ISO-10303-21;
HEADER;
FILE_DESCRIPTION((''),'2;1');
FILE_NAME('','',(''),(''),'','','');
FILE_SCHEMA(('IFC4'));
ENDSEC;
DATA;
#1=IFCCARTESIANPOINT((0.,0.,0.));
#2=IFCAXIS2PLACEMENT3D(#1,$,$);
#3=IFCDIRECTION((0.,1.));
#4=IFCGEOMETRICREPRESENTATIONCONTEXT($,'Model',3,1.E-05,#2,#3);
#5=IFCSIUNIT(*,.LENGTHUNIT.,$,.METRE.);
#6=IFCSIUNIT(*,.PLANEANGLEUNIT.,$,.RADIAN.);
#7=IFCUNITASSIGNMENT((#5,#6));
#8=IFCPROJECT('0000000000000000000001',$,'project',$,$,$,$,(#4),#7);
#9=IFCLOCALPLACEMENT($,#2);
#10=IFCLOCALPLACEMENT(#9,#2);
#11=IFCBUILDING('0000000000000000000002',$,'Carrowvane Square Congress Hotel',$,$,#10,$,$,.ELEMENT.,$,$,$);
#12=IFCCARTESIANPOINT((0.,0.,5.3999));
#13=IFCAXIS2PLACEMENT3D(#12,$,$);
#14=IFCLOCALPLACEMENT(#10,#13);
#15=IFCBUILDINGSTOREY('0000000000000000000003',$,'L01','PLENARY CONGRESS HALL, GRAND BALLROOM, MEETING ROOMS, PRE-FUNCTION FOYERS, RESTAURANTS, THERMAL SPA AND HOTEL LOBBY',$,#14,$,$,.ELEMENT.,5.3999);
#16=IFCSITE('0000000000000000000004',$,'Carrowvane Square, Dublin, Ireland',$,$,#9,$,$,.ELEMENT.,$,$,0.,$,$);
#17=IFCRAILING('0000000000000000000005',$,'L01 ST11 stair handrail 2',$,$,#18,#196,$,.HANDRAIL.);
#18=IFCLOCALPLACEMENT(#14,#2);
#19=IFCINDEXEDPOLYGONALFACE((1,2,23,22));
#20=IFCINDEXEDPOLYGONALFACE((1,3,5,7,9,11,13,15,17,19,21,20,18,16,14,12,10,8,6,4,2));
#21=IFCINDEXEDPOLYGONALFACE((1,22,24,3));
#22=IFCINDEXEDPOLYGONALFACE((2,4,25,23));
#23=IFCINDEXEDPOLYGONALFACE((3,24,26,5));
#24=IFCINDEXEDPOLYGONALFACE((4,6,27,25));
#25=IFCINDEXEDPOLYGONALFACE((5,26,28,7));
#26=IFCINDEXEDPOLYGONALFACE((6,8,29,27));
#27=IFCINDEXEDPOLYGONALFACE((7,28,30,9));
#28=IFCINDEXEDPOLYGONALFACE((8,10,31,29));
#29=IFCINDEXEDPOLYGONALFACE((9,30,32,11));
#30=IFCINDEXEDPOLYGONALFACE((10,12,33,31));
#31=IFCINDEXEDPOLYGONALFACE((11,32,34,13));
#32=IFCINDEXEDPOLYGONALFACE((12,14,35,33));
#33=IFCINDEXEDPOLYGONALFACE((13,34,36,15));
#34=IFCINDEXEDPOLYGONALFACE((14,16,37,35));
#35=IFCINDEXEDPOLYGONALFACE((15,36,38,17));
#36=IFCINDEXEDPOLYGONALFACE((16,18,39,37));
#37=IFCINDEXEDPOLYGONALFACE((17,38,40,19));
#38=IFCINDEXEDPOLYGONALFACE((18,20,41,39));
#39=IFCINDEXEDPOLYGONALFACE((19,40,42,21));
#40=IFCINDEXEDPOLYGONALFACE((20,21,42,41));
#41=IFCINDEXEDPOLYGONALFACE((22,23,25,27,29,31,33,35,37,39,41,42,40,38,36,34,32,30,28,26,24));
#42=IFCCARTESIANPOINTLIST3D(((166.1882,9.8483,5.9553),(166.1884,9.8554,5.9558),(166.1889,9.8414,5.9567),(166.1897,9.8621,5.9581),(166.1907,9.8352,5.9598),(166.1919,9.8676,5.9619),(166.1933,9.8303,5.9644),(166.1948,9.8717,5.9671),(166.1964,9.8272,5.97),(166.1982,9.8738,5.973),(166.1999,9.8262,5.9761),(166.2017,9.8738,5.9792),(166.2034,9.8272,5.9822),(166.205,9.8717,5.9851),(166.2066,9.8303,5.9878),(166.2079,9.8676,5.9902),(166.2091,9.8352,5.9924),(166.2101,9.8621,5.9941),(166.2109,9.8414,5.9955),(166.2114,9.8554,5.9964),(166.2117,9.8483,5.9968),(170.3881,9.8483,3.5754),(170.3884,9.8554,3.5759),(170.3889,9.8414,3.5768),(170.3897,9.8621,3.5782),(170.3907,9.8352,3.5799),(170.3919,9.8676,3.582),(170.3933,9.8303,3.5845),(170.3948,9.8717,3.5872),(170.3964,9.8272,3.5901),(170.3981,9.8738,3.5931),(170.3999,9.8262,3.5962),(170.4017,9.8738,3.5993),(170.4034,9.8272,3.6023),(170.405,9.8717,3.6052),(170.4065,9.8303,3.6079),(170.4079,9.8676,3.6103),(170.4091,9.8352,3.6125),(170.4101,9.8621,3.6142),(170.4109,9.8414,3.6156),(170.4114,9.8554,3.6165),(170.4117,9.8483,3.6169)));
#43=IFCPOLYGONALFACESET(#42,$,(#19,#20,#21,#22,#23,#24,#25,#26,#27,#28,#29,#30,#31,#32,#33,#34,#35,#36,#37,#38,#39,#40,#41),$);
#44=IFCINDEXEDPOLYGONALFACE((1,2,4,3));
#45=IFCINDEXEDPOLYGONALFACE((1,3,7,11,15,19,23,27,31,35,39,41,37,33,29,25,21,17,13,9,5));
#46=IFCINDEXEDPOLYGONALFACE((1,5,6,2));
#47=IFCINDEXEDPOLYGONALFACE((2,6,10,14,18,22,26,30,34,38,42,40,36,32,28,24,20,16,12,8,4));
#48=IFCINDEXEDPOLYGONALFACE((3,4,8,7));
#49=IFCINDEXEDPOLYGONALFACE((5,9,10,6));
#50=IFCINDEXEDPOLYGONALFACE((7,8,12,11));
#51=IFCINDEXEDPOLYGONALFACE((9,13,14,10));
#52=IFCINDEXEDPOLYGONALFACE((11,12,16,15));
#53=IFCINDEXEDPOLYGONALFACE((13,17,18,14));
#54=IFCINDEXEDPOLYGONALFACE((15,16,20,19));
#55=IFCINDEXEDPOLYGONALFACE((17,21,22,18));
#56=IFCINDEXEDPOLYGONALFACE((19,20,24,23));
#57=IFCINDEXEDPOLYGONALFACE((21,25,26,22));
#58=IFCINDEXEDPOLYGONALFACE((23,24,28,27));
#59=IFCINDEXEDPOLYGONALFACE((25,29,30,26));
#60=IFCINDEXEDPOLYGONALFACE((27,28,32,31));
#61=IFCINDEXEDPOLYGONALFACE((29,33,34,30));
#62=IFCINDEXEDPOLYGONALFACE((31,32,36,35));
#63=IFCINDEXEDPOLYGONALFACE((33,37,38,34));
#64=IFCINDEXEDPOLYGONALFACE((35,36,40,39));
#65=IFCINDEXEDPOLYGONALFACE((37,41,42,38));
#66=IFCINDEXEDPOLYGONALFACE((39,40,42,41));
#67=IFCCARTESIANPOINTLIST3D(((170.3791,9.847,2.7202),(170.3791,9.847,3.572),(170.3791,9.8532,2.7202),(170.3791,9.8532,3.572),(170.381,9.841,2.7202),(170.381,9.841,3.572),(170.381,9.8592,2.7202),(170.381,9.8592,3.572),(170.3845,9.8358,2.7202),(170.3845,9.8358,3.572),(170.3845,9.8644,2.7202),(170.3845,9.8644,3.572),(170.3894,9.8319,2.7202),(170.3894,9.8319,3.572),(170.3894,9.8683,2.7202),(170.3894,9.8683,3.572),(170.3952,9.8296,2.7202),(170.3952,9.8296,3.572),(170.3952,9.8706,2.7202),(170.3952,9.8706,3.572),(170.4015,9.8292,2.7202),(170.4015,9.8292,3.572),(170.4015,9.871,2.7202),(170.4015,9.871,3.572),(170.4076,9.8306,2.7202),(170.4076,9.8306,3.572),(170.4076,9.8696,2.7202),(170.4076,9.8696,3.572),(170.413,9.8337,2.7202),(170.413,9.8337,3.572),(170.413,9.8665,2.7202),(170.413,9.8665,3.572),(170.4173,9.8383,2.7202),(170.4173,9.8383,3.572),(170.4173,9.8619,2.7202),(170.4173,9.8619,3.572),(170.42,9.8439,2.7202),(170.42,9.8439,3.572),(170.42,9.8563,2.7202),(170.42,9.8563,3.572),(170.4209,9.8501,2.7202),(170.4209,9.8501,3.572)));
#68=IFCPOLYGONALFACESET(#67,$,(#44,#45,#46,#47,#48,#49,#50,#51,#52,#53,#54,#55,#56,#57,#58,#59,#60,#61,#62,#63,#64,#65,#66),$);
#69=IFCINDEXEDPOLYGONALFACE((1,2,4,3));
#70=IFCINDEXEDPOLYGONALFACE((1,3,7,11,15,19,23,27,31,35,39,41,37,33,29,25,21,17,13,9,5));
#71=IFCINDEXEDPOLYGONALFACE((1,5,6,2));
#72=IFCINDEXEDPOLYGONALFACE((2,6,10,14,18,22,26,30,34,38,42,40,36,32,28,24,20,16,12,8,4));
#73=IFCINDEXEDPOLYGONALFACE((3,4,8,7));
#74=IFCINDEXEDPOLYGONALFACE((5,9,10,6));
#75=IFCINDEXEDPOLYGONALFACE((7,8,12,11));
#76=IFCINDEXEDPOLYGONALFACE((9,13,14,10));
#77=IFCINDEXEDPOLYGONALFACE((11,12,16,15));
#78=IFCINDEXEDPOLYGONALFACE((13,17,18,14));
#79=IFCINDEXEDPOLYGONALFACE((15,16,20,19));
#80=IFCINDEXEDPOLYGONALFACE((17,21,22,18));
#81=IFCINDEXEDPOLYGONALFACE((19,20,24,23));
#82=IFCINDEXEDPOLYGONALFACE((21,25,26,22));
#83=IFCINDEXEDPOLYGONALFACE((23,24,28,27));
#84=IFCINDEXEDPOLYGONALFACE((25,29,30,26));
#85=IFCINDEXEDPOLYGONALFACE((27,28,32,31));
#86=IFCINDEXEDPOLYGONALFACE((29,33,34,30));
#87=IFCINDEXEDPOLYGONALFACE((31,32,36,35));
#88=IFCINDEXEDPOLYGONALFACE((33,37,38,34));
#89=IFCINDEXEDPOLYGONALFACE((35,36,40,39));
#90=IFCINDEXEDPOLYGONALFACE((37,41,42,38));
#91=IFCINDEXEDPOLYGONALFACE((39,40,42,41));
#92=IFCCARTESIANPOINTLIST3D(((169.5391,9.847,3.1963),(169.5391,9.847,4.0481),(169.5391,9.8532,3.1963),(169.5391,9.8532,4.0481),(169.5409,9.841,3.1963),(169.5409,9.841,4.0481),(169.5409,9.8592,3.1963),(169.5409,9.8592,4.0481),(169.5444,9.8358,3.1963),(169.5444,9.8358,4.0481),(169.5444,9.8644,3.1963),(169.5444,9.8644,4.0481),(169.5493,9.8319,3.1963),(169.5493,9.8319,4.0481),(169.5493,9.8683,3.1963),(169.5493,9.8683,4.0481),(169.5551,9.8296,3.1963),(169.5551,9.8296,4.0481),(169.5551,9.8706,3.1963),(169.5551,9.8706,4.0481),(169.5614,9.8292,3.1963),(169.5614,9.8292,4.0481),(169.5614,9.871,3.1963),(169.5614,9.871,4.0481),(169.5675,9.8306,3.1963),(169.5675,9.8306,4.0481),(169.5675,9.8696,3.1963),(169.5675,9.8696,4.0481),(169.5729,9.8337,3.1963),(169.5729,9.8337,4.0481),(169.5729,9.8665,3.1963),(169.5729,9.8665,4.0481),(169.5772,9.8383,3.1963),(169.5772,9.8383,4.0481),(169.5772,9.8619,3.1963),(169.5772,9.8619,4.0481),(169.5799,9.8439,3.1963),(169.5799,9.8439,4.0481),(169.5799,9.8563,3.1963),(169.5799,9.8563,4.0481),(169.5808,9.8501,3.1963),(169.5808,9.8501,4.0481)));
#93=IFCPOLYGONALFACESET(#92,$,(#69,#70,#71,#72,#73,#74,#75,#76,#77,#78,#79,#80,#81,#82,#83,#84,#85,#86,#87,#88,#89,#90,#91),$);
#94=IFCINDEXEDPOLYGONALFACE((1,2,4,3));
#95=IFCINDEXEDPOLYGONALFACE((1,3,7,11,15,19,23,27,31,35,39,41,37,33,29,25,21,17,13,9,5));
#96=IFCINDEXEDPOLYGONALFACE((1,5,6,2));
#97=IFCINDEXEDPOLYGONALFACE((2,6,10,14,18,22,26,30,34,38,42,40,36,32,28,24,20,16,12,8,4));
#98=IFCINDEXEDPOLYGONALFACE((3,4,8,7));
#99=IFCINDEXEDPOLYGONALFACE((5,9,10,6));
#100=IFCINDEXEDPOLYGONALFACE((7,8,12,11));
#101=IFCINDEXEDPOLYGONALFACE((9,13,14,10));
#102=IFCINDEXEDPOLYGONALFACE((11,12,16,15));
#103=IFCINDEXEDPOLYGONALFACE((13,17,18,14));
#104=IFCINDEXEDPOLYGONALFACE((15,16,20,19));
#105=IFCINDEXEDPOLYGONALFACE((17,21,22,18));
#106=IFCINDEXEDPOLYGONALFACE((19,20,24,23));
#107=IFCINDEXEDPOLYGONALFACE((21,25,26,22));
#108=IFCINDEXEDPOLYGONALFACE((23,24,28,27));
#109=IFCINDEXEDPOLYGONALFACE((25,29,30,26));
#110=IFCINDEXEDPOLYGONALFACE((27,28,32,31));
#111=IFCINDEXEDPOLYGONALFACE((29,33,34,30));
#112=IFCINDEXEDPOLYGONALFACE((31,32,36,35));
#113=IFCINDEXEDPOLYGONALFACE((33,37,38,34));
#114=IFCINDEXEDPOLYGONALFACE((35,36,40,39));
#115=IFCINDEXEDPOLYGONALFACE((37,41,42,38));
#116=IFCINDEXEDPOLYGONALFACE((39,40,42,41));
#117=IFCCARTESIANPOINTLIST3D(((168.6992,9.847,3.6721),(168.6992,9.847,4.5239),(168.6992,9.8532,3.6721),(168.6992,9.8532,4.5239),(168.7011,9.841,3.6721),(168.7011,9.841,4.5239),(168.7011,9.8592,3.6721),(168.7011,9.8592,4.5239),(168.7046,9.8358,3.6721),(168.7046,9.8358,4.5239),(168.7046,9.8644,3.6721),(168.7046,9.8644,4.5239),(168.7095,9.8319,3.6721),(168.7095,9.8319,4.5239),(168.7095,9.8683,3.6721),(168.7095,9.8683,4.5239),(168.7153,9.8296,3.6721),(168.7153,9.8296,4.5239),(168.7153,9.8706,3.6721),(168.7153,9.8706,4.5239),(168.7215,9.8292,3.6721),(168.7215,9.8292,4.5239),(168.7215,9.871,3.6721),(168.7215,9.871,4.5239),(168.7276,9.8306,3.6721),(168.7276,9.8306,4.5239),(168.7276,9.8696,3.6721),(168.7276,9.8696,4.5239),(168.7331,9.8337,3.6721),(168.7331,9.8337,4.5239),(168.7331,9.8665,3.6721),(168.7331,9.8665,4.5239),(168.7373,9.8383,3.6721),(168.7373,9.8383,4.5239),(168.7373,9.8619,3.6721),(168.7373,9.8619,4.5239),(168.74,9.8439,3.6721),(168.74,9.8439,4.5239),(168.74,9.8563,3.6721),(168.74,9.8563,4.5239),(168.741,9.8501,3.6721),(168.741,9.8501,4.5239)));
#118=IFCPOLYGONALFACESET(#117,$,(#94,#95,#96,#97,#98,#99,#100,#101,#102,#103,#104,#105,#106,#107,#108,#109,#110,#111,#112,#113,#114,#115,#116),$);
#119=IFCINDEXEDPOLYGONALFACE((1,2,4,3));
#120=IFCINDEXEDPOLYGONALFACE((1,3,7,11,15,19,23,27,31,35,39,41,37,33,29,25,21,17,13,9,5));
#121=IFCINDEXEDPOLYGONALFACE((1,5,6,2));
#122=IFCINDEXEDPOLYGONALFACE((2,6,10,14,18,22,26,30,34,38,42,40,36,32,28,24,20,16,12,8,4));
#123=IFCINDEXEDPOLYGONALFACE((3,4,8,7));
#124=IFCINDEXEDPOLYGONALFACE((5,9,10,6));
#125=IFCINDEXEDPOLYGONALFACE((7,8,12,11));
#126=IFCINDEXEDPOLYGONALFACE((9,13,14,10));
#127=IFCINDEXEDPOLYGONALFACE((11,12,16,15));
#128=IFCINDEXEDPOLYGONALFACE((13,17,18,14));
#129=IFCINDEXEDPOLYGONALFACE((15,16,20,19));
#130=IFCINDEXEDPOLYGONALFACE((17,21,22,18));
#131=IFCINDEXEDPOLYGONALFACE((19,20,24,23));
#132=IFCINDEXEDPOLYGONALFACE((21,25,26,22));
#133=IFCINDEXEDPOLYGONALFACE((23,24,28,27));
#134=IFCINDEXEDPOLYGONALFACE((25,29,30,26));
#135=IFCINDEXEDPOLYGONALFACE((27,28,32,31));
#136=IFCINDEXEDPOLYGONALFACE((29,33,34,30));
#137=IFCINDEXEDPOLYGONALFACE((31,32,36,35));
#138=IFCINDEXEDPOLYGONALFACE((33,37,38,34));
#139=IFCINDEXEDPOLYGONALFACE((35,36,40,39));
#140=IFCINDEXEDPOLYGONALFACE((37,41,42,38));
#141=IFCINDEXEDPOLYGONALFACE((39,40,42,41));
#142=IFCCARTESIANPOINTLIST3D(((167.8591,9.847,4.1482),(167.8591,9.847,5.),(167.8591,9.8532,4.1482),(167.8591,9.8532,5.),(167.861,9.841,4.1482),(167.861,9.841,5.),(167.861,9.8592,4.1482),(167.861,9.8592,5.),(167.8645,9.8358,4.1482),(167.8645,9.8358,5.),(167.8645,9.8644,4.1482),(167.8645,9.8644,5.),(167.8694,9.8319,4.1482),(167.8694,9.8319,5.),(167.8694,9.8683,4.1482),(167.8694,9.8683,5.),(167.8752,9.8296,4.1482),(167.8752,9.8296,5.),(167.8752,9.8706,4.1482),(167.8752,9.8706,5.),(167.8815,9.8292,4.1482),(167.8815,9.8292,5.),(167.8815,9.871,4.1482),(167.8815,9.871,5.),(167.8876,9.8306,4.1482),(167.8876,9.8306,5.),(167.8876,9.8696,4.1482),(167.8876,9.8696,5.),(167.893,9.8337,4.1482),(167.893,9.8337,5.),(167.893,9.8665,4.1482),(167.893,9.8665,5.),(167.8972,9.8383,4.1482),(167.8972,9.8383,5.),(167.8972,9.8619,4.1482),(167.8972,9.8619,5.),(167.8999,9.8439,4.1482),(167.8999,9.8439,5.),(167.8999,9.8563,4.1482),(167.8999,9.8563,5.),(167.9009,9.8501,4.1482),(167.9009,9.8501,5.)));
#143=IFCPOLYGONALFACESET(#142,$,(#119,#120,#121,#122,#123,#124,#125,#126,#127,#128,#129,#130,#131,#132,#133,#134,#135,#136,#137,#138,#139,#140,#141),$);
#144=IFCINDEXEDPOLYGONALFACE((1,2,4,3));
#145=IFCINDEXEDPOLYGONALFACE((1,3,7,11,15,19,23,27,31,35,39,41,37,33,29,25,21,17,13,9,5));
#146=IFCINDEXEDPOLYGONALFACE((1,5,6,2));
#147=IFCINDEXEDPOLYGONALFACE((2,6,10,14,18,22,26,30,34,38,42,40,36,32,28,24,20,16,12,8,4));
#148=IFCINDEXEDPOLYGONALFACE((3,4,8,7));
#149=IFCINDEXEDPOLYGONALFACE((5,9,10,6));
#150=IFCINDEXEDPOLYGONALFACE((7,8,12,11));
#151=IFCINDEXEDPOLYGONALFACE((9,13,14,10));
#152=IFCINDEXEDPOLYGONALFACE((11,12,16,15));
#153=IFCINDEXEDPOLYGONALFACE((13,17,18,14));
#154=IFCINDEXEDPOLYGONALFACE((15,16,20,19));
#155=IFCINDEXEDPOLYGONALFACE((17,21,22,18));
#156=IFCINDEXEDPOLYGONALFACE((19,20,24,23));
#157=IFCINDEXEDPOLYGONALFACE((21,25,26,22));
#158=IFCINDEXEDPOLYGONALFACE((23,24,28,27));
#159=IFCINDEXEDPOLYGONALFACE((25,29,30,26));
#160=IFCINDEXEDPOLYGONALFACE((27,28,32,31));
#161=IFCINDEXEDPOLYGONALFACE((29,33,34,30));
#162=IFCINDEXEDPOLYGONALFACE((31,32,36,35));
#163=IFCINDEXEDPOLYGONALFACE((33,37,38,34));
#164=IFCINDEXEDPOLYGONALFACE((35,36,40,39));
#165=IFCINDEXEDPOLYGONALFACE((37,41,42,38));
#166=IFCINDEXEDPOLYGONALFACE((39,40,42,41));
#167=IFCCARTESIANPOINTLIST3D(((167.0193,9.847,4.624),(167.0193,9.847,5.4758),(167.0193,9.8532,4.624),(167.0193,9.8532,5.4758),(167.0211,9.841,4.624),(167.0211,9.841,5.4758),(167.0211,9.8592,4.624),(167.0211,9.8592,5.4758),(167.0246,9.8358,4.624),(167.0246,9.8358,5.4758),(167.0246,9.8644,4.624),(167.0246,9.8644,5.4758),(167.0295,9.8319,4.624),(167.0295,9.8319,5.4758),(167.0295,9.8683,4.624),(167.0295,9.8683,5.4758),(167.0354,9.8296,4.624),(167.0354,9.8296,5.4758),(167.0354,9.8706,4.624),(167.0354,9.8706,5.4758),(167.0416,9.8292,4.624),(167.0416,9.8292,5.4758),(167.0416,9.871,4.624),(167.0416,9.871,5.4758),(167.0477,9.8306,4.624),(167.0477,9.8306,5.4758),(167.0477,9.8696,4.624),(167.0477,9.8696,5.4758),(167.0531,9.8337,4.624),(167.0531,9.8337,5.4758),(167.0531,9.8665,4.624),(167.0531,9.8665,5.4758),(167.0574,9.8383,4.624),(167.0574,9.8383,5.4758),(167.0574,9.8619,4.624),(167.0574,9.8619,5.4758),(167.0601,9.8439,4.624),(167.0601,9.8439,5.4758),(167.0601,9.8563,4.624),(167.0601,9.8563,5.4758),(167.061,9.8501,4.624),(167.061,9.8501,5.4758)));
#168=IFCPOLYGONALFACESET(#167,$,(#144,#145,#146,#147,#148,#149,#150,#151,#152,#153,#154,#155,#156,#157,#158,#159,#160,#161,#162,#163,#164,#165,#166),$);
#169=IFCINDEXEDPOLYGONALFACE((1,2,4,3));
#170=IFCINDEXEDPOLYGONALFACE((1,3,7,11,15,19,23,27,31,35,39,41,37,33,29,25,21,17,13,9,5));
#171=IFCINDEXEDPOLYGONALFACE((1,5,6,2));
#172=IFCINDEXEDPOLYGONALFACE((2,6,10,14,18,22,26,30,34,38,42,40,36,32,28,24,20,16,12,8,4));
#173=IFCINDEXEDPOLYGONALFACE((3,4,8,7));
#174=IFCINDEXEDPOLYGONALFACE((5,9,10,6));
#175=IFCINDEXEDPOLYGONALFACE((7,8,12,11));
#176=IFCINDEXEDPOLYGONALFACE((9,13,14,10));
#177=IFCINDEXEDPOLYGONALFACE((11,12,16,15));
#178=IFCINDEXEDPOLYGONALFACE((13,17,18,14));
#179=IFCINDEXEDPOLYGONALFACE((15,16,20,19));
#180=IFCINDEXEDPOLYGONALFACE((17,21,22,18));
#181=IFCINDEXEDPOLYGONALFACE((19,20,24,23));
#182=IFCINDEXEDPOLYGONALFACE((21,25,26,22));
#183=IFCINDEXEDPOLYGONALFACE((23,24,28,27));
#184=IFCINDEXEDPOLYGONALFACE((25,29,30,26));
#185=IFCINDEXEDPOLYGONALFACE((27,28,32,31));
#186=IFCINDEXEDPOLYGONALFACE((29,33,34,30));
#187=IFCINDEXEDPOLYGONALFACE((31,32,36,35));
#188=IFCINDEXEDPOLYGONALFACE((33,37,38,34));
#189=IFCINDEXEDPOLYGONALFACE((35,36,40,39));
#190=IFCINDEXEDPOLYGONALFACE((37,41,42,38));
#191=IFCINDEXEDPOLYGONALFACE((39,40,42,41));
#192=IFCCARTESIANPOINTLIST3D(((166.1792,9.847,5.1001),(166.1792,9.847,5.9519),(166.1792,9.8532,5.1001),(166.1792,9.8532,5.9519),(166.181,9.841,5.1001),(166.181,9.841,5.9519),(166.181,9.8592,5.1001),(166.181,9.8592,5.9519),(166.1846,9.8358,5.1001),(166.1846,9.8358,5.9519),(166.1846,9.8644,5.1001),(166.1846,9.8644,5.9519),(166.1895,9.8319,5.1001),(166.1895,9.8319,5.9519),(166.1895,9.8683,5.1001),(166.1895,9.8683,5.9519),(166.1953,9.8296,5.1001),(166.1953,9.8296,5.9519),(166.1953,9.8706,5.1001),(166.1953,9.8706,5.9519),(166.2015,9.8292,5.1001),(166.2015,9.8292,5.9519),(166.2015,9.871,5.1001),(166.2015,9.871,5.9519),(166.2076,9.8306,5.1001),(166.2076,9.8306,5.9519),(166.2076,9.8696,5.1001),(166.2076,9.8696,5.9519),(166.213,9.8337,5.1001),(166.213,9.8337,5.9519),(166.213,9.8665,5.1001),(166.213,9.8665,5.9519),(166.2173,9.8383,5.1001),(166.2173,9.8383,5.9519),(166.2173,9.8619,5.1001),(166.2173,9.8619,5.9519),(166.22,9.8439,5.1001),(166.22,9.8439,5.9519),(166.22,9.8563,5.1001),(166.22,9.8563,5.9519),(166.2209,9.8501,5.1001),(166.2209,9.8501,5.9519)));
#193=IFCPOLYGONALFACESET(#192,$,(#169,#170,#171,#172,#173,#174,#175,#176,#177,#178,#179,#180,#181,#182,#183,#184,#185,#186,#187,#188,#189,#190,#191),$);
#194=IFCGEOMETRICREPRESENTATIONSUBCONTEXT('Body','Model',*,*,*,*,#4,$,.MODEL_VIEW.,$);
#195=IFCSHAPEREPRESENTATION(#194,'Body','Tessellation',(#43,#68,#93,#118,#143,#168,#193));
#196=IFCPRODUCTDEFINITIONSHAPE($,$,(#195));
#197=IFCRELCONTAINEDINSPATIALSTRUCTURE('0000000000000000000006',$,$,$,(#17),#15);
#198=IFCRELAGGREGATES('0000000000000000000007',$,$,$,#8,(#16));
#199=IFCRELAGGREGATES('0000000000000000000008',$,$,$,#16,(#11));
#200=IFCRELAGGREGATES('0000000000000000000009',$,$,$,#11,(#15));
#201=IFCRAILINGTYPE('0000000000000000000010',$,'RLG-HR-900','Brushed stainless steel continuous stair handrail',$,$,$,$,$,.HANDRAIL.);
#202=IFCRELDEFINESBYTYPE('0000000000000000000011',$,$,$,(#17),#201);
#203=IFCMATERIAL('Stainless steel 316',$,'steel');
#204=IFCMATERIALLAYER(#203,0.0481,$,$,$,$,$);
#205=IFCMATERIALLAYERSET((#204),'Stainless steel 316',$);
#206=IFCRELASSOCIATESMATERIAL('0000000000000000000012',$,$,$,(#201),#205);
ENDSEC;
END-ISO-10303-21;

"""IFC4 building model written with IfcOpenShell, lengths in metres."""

from ifc_helpers import new_model, si_unit, direction, frame, origin, origin_2d, place, context, subcontext, project, spatial, circle, extrude, material, layer, layer_set, type_object, element, save


model = new_model("IFC4")

# Units and contexts
model_context = context("Model", 3, precision=1e-05, world=origin(), true_north=direction((0.0, 1.0)))
body_context = subcontext(model_context, "Body", "Model", "MODEL_VIEW")
ifc_project = project(units=[si_unit("LENGTHUNIT", "METRE"), si_unit("PLANEANGLEUNIT", "RADIAN")], contexts=[model_context])

# Site, building, storey
site_placement = place(None, origin())
site = spatial("IfcSite", under=ifc_project, at=site_placement, Name="Carrowvane Square, Dublin, Ireland", CompositionType="ELEMENT", RefElevation=0.0)
building_placement = place(site_placement, origin())
building = spatial("IfcBuilding", under=site, at=building_placement, Name="Carrowvane Square Congress Hotel", CompositionType="ELEMENT")
storey_placement = place(building_placement, frame((0.0, 0.0, 5.3999)))
storey = spatial("IfcBuildingStorey", under=building, at=storey_placement, Name="L01", Description="PLENARY CONGRESS HALL, GRAND BALLROOM, MEETING ROOMS, PRE-FUNCTION FOYERS, RESTAURANTS, THERMAL SPA AND HOTEL LOBBY", CompositionType="ELEMENT", Elevation=5.3999)

# Railing
ifc_material_1 = material(Name="Stainless steel 316", Category="steel")
ifc_layer_1 = layer(ifc_material_1, 0.0481)
ifc_layer_set_1 = layer_set([ifc_layer_1], Name="Stainless steel 316")
railing_type_1 = type_object("IfcRailingType", Name="RLG-HR-900", Description="Brushed stainless steel continuous stair handrail", PredefinedType="HANDRAIL", material=ifc_layer_set_1)
railing_1_placement = place(storey_placement, frame((170.3999, 9.8501, 2.7202)))
element("IfcRailing", 1, at=railing_1_placement, inside=storey, type_object=railing_type_1, Name="L01 ST11 stair handrail 2", PredefinedType="HANDRAIL", context=body_context, shape_type="SweptSolid", body=[
    extrude(circle(Radius=0.0239, at=origin_2d()), frame((0.0, 0.0, 0.876), z_axis=(-0.87003, 0.0, 0.492999), x_axis=(0.0, -1.0, 0.0)), (0.0, 0.0, 1.0), 4.8274),
    extrude(circle(Radius=0.021, at=origin_2d()), origin(), (0.0, 0.0, 1.0), 0.8518),
    extrude(circle(Radius=0.021, at=origin_2d()), frame((-0.8401, 0.0, 0.4761)), (0.0, 0.0, 1.0), 0.8518),
    extrude(circle(Radius=0.021, at=origin_2d()), frame((-1.6799, 0.0, 0.9519)), (0.0, 0.0, 1.0), 0.8518),
    extrude(circle(Radius=0.021, at=origin_2d()), frame((-2.52, 0.0, 1.428)), (0.0, 0.0, 1.0), 0.8518),
    extrude(circle(Radius=0.021, at=origin_2d()), frame((-3.3599, 0.0, 1.9038)), (0.0, 0.0, 1.0), 0.8518),
    extrude(circle(Radius=0.021, at=origin_2d()), frame((-4.2, 0.0, 2.3799)), (0.0, 0.0, 1.0), 0.8518),
])

save(model, "model.ifc")
